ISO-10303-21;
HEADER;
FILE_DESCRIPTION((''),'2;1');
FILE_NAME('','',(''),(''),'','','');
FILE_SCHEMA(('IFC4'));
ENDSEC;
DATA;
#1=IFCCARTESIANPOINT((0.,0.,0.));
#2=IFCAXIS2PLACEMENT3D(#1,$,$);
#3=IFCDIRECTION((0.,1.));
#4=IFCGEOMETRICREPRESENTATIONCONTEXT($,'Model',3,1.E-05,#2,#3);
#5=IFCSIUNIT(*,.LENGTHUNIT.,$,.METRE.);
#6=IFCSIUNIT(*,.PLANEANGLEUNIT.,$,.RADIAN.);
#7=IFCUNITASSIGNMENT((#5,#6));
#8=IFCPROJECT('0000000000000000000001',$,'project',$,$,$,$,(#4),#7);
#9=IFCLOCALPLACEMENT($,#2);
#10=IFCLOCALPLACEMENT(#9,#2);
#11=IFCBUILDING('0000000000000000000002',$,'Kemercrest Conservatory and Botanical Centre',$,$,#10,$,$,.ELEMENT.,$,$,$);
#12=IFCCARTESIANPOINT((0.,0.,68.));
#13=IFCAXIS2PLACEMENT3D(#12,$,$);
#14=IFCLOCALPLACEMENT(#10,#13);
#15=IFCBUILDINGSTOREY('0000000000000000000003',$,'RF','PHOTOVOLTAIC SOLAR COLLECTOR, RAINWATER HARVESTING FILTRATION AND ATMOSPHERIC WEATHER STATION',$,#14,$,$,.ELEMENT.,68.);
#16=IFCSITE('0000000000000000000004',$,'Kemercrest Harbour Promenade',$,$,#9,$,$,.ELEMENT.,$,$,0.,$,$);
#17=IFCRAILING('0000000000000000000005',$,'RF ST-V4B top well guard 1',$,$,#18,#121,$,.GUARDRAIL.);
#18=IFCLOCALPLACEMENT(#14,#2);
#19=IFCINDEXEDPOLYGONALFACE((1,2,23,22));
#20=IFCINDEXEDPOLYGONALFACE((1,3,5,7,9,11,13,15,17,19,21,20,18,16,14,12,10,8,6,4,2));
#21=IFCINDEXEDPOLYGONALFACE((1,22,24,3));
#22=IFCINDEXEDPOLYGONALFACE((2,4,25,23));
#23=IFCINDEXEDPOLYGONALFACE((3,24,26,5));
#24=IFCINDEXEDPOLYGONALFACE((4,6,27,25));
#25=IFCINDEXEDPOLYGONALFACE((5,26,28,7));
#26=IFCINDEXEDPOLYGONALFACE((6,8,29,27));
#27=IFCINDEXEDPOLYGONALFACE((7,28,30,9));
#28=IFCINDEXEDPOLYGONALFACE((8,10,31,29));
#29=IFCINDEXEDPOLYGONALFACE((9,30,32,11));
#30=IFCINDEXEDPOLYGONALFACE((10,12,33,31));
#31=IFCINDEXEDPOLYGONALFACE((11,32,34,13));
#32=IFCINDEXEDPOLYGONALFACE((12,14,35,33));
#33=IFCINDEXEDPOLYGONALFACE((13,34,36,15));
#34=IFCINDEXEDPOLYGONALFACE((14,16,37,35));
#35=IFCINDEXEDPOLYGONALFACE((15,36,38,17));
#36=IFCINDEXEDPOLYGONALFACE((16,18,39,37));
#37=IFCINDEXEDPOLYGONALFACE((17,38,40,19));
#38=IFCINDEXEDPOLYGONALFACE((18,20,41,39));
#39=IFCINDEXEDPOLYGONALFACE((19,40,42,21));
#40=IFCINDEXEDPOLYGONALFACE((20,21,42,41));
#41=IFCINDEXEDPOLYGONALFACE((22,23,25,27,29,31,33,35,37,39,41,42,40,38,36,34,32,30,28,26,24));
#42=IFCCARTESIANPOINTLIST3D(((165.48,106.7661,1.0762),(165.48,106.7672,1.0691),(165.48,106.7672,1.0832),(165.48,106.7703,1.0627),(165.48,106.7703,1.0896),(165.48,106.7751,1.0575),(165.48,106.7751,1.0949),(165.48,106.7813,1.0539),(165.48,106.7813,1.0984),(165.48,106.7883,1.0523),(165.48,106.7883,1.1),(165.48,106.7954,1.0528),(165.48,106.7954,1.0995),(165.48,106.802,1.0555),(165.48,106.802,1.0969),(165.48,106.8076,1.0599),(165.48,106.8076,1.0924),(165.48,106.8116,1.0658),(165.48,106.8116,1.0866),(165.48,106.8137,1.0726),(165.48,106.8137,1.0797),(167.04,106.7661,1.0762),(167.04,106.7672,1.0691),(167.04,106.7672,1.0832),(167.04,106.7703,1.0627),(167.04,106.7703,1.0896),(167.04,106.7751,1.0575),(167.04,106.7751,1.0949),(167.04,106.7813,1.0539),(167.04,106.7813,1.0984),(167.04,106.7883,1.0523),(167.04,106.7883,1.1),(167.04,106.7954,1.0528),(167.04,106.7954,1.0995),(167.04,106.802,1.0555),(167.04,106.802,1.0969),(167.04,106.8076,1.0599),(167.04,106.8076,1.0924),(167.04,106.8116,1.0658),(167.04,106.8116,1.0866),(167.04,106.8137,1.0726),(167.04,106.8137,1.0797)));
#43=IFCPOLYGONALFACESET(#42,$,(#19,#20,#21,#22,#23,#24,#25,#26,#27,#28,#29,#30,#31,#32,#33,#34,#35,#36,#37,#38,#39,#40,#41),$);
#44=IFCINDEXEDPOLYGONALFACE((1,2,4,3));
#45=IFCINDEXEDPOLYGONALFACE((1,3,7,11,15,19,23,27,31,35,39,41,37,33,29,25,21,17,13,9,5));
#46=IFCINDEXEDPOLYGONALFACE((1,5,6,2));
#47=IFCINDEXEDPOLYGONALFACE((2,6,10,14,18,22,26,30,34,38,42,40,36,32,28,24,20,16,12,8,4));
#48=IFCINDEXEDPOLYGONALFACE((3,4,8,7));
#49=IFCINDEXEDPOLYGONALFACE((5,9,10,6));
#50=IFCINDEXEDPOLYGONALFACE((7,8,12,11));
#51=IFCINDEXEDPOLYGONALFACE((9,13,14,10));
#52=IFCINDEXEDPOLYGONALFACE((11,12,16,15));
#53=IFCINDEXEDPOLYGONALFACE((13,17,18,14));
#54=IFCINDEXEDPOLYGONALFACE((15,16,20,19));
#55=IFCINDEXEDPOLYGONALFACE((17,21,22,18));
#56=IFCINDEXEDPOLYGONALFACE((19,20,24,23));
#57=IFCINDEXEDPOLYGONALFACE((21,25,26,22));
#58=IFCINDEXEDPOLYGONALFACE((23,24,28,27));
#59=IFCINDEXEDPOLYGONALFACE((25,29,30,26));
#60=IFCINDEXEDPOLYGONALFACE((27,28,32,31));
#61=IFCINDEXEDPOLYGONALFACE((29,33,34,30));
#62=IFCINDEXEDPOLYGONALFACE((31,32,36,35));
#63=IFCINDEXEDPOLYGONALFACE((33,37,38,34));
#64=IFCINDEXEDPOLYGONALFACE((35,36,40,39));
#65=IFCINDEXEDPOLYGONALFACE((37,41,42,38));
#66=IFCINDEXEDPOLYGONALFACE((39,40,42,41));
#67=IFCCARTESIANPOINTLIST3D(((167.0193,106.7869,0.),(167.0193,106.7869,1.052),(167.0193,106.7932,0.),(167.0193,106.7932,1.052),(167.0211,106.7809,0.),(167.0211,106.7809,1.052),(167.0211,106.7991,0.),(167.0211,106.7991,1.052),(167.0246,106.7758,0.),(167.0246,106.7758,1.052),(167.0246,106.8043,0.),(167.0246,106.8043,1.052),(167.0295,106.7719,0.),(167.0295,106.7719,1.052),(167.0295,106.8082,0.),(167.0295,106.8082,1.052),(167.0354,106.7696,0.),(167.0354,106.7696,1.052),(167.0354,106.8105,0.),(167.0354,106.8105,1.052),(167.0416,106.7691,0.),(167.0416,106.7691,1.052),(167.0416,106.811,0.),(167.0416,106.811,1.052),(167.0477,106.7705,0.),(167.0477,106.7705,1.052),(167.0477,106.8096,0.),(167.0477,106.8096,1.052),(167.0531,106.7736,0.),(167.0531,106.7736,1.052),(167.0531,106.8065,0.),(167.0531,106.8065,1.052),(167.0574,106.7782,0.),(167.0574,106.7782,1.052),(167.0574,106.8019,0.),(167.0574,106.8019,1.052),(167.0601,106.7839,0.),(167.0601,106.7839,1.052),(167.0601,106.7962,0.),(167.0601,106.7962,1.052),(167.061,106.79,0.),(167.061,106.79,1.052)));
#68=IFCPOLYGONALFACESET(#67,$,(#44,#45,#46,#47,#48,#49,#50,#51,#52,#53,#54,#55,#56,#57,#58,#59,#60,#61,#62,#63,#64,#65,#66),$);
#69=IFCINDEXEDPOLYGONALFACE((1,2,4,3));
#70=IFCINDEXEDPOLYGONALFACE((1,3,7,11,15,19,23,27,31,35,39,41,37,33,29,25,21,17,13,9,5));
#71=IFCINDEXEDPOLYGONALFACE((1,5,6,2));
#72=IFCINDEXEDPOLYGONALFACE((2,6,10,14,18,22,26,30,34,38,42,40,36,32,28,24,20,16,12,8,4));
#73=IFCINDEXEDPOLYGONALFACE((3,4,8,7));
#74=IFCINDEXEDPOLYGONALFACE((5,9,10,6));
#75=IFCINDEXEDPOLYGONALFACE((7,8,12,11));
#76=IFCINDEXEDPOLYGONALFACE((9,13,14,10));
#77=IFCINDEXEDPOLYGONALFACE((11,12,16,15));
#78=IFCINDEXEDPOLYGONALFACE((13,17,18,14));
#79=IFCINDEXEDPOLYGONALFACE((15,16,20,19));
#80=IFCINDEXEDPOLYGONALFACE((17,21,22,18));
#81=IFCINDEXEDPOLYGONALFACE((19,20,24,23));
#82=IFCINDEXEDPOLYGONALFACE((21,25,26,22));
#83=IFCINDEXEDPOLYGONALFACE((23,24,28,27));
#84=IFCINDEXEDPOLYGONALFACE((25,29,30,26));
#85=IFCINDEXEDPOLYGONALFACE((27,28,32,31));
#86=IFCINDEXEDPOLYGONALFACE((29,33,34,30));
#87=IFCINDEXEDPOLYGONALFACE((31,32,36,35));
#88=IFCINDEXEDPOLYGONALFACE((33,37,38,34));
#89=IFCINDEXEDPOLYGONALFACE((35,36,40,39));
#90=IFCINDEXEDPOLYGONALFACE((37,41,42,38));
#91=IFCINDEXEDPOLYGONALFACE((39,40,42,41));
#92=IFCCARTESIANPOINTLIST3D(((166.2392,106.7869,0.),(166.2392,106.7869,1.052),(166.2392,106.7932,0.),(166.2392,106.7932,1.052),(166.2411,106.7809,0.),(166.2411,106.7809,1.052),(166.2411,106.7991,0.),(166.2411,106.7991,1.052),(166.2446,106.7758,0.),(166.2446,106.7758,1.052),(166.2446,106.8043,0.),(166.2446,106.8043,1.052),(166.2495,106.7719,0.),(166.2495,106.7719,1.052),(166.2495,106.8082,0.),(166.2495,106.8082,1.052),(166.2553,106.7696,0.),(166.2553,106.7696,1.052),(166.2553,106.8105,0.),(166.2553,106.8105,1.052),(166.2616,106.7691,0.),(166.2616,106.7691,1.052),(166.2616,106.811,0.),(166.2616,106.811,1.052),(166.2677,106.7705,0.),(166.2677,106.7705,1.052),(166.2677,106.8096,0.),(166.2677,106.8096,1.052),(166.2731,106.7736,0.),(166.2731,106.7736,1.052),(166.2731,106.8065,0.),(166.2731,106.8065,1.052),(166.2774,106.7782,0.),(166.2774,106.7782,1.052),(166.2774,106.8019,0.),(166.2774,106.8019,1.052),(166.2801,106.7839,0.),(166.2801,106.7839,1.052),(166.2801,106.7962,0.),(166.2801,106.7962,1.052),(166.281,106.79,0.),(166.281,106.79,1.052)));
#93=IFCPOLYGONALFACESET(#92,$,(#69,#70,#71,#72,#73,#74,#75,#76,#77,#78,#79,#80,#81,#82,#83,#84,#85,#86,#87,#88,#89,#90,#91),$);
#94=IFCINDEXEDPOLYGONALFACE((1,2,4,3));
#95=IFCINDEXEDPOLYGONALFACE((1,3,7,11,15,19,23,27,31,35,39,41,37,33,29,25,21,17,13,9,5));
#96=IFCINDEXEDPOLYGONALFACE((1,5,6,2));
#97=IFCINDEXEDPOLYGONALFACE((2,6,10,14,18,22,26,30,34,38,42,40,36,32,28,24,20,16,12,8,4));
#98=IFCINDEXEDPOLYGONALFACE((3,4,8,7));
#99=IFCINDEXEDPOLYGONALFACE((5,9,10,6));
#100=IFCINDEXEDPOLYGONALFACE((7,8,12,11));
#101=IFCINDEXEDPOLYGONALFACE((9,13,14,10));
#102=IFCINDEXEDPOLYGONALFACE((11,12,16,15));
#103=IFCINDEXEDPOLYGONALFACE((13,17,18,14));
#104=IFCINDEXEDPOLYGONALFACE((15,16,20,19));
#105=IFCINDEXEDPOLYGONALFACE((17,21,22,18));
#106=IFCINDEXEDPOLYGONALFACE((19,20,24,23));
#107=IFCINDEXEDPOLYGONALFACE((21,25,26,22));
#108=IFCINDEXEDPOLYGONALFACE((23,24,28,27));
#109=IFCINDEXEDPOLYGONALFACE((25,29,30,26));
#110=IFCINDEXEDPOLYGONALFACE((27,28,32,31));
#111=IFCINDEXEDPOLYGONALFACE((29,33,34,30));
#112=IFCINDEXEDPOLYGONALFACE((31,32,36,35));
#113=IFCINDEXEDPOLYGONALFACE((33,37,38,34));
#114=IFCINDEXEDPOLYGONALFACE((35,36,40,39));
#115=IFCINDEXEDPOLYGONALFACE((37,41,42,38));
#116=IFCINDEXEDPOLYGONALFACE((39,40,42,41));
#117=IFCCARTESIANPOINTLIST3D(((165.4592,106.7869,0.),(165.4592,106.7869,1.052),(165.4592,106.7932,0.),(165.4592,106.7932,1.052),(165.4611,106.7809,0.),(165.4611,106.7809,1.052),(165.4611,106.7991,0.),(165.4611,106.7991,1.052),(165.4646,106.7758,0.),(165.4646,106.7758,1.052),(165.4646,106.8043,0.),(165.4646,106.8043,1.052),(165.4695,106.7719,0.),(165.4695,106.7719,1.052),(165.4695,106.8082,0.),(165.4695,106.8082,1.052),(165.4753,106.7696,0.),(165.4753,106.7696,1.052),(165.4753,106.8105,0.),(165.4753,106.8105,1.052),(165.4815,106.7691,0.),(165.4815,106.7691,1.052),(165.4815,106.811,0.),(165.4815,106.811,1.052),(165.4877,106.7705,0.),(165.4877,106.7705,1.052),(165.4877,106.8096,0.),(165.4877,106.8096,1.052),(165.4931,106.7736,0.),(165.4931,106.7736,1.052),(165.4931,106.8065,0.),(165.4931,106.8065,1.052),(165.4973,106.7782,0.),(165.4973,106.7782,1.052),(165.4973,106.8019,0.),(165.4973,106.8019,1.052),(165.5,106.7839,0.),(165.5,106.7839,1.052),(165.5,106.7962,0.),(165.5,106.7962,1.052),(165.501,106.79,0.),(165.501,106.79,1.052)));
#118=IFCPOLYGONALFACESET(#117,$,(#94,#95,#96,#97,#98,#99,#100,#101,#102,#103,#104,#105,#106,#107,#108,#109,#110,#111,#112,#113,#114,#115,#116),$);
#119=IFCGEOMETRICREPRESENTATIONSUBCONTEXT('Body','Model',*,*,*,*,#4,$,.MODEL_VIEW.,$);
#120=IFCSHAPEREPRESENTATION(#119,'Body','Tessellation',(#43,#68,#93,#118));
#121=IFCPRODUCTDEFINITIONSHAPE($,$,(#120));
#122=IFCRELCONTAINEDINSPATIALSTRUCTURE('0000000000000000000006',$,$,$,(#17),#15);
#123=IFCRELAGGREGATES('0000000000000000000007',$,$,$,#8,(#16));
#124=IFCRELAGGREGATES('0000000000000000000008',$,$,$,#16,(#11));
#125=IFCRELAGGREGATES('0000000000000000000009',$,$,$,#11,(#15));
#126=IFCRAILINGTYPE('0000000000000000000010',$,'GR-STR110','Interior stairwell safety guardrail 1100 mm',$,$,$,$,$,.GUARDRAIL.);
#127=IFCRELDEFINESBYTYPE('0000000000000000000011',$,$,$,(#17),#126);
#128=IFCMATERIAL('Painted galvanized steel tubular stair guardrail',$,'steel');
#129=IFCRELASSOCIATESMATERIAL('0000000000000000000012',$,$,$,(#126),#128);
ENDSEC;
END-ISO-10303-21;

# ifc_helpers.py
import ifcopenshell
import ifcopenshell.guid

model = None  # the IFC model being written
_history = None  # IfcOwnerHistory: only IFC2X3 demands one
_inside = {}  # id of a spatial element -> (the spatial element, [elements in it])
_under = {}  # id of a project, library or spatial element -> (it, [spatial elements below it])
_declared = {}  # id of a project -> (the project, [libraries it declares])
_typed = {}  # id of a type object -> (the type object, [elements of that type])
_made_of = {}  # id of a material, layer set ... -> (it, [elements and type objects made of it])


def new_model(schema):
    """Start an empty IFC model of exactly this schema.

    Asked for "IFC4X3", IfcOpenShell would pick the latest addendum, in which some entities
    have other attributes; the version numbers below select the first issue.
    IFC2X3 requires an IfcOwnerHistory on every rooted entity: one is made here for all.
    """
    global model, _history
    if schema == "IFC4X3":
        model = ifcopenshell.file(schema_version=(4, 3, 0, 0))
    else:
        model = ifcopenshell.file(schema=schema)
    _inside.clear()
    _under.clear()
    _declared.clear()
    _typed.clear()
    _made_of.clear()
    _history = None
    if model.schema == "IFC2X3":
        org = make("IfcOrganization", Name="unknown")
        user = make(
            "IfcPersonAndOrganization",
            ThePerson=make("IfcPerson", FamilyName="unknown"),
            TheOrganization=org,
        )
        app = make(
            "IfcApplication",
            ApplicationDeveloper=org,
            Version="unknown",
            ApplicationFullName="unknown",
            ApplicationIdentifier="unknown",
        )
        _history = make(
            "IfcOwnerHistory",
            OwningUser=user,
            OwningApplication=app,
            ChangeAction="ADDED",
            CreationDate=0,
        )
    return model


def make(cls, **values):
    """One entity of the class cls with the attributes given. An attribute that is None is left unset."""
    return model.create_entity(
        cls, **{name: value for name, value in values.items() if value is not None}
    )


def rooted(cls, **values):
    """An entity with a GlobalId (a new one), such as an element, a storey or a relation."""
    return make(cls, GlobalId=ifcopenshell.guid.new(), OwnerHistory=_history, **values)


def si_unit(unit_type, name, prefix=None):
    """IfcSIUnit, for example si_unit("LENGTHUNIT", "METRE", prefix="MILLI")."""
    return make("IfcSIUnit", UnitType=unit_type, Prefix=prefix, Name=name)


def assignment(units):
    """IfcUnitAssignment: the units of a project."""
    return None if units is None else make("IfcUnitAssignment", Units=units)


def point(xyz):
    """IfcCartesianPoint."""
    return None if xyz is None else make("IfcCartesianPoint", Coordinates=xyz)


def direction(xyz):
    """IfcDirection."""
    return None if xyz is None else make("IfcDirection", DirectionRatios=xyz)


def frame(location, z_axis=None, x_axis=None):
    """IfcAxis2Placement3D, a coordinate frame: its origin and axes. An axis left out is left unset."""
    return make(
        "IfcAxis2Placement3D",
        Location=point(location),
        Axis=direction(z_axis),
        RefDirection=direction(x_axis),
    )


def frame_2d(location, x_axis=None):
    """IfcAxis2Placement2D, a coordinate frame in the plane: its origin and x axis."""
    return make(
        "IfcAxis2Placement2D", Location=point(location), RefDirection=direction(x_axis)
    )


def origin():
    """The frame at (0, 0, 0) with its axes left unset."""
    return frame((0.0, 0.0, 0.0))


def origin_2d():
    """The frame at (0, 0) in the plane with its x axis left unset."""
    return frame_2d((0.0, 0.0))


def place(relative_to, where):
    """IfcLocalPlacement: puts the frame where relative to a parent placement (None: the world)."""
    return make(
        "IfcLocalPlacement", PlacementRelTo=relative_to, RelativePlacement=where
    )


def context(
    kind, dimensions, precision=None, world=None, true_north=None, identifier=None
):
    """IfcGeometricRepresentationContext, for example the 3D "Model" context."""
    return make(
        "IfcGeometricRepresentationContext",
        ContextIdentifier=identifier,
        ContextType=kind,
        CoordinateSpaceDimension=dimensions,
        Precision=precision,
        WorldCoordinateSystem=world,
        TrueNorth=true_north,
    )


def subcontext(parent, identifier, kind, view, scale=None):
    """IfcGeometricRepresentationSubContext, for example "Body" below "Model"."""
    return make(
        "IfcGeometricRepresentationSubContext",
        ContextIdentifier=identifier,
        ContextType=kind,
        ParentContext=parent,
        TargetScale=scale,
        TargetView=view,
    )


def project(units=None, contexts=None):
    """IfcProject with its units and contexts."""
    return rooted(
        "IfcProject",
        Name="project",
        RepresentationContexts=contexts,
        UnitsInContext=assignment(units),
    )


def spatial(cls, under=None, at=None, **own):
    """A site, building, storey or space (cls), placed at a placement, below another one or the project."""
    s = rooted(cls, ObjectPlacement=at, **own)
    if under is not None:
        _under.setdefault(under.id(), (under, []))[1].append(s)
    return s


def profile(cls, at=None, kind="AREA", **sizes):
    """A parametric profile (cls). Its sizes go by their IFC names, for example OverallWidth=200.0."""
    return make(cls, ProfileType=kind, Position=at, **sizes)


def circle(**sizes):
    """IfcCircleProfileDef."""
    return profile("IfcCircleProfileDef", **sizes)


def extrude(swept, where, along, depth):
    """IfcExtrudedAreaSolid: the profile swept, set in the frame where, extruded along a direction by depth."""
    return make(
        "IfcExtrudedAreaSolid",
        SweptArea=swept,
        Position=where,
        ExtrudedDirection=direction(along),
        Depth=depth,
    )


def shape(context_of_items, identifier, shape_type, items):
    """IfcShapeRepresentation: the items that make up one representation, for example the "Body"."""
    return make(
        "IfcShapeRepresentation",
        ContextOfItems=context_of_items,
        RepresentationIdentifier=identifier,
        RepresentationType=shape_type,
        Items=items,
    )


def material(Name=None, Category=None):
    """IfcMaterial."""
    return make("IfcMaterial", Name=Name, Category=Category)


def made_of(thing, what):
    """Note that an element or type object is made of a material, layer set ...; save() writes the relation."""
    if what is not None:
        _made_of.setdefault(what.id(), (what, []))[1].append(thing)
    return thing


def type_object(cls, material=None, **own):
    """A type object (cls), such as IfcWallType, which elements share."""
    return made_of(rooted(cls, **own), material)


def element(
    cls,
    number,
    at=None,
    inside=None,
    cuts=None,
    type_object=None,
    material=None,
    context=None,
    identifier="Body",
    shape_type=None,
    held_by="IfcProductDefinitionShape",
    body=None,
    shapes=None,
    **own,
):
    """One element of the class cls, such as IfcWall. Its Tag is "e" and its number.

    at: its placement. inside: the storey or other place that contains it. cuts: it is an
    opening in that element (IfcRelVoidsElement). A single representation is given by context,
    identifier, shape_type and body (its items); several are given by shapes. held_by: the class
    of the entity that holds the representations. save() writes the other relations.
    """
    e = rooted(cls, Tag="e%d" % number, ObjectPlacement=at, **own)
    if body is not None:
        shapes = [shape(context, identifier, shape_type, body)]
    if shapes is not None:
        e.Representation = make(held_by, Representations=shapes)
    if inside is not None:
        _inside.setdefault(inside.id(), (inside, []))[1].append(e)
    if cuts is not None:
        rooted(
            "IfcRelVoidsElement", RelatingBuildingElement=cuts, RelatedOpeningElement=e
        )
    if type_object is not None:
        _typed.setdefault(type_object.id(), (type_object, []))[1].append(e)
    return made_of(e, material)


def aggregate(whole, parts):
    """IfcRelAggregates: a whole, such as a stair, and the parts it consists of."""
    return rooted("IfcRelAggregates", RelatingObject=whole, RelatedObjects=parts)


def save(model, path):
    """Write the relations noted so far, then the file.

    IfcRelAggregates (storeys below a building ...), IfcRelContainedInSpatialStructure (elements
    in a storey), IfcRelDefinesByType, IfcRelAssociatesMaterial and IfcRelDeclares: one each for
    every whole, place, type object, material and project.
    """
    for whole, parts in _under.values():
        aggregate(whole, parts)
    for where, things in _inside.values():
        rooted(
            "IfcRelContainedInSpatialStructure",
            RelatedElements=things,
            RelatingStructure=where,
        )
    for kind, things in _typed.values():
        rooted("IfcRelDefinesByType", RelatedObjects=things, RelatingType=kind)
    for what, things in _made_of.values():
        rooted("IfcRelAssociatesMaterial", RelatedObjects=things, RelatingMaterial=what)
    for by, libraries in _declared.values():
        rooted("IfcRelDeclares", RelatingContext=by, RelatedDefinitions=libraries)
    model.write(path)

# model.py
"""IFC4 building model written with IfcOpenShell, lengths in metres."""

from ifc_helpers import new_model, si_unit, direction, frame, origin, origin_2d, place, context, subcontext, project, spatial, circle, extrude, material, type_object, element, save


model = new_model("IFC4")

# Units and contexts
model_context = context("Model", 3, precision=1e-05, world=origin(), true_north=direction((0.0, 1.0)))
body_context = subcontext(model_context, "Body", "Model", "MODEL_VIEW")
ifc_project = project(units=[si_unit("LENGTHUNIT", "METRE"), si_unit("PLANEANGLEUNIT", "RADIAN")], contexts=[model_context])

# Site, building, storey
site_placement = place(None, origin())
site = spatial("IfcSite", under=ifc_project, at=site_placement, Name="Kemercrest Harbour Promenade", CompositionType="ELEMENT", RefElevation=0.0)
building_placement = place(site_placement, origin())
building = spatial("IfcBuilding", under=site, at=building_placement, Name="Kemercrest Conservatory and Botanical Centre", CompositionType="ELEMENT")
storey_placement = place(building_placement, frame((0.0, 0.0, 68.0)))
storey = spatial("IfcBuildingStorey", under=building, at=storey_placement, Name="RF", Description="PHOTOVOLTAIC SOLAR COLLECTOR, RAINWATER HARVESTING FILTRATION AND ATMOSPHERIC WEATHER STATION", CompositionType="ELEMENT", Elevation=68.0)

# Railing
ifc_material_1 = material(Name="Painted galvanized steel tubular stair guardrail", Category="steel")
railing_type = type_object("IfcRailingType", Name="GR-STR110", Description="Interior stairwell safety guardrail 1100 mm", PredefinedType="GUARDRAIL", material=ifc_material_1)
railing_placement = place(storey_placement, frame((167.04, 106.79, 0.0)))
element("IfcRailing", 1, at=railing_placement, inside=storey, type_object=railing_type, Name="RF ST-V4B top well guard 1", PredefinedType="GUARDRAIL", context=body_context, shape_type="SweptSolid", body=[
    extrude(circle(Radius=0.0239, at=origin_2d()), frame((0.0, 0.0, 1.0762), z_axis=(-1.0, 0.0, 0.0), x_axis=(0.0, -1.0, 0.0)), (0.0, 0.0, 1.0), 1.5601),
    extrude(circle(Radius=0.021, at=origin_2d()), origin(), (0.0, 0.0, 1.0), 1.052),
    extrude(circle(Radius=0.021, at=origin_2d()), frame((-0.78, 0.0, 0.0)), (0.0, 0.0, 1.0), 1.052),
    extrude(circle(Radius=0.021, at=origin_2d()), frame((-1.5601, 0.0, 0.0)), (0.0, 0.0, 1.0), 1.052),
])

save(model, "model.ifc")
